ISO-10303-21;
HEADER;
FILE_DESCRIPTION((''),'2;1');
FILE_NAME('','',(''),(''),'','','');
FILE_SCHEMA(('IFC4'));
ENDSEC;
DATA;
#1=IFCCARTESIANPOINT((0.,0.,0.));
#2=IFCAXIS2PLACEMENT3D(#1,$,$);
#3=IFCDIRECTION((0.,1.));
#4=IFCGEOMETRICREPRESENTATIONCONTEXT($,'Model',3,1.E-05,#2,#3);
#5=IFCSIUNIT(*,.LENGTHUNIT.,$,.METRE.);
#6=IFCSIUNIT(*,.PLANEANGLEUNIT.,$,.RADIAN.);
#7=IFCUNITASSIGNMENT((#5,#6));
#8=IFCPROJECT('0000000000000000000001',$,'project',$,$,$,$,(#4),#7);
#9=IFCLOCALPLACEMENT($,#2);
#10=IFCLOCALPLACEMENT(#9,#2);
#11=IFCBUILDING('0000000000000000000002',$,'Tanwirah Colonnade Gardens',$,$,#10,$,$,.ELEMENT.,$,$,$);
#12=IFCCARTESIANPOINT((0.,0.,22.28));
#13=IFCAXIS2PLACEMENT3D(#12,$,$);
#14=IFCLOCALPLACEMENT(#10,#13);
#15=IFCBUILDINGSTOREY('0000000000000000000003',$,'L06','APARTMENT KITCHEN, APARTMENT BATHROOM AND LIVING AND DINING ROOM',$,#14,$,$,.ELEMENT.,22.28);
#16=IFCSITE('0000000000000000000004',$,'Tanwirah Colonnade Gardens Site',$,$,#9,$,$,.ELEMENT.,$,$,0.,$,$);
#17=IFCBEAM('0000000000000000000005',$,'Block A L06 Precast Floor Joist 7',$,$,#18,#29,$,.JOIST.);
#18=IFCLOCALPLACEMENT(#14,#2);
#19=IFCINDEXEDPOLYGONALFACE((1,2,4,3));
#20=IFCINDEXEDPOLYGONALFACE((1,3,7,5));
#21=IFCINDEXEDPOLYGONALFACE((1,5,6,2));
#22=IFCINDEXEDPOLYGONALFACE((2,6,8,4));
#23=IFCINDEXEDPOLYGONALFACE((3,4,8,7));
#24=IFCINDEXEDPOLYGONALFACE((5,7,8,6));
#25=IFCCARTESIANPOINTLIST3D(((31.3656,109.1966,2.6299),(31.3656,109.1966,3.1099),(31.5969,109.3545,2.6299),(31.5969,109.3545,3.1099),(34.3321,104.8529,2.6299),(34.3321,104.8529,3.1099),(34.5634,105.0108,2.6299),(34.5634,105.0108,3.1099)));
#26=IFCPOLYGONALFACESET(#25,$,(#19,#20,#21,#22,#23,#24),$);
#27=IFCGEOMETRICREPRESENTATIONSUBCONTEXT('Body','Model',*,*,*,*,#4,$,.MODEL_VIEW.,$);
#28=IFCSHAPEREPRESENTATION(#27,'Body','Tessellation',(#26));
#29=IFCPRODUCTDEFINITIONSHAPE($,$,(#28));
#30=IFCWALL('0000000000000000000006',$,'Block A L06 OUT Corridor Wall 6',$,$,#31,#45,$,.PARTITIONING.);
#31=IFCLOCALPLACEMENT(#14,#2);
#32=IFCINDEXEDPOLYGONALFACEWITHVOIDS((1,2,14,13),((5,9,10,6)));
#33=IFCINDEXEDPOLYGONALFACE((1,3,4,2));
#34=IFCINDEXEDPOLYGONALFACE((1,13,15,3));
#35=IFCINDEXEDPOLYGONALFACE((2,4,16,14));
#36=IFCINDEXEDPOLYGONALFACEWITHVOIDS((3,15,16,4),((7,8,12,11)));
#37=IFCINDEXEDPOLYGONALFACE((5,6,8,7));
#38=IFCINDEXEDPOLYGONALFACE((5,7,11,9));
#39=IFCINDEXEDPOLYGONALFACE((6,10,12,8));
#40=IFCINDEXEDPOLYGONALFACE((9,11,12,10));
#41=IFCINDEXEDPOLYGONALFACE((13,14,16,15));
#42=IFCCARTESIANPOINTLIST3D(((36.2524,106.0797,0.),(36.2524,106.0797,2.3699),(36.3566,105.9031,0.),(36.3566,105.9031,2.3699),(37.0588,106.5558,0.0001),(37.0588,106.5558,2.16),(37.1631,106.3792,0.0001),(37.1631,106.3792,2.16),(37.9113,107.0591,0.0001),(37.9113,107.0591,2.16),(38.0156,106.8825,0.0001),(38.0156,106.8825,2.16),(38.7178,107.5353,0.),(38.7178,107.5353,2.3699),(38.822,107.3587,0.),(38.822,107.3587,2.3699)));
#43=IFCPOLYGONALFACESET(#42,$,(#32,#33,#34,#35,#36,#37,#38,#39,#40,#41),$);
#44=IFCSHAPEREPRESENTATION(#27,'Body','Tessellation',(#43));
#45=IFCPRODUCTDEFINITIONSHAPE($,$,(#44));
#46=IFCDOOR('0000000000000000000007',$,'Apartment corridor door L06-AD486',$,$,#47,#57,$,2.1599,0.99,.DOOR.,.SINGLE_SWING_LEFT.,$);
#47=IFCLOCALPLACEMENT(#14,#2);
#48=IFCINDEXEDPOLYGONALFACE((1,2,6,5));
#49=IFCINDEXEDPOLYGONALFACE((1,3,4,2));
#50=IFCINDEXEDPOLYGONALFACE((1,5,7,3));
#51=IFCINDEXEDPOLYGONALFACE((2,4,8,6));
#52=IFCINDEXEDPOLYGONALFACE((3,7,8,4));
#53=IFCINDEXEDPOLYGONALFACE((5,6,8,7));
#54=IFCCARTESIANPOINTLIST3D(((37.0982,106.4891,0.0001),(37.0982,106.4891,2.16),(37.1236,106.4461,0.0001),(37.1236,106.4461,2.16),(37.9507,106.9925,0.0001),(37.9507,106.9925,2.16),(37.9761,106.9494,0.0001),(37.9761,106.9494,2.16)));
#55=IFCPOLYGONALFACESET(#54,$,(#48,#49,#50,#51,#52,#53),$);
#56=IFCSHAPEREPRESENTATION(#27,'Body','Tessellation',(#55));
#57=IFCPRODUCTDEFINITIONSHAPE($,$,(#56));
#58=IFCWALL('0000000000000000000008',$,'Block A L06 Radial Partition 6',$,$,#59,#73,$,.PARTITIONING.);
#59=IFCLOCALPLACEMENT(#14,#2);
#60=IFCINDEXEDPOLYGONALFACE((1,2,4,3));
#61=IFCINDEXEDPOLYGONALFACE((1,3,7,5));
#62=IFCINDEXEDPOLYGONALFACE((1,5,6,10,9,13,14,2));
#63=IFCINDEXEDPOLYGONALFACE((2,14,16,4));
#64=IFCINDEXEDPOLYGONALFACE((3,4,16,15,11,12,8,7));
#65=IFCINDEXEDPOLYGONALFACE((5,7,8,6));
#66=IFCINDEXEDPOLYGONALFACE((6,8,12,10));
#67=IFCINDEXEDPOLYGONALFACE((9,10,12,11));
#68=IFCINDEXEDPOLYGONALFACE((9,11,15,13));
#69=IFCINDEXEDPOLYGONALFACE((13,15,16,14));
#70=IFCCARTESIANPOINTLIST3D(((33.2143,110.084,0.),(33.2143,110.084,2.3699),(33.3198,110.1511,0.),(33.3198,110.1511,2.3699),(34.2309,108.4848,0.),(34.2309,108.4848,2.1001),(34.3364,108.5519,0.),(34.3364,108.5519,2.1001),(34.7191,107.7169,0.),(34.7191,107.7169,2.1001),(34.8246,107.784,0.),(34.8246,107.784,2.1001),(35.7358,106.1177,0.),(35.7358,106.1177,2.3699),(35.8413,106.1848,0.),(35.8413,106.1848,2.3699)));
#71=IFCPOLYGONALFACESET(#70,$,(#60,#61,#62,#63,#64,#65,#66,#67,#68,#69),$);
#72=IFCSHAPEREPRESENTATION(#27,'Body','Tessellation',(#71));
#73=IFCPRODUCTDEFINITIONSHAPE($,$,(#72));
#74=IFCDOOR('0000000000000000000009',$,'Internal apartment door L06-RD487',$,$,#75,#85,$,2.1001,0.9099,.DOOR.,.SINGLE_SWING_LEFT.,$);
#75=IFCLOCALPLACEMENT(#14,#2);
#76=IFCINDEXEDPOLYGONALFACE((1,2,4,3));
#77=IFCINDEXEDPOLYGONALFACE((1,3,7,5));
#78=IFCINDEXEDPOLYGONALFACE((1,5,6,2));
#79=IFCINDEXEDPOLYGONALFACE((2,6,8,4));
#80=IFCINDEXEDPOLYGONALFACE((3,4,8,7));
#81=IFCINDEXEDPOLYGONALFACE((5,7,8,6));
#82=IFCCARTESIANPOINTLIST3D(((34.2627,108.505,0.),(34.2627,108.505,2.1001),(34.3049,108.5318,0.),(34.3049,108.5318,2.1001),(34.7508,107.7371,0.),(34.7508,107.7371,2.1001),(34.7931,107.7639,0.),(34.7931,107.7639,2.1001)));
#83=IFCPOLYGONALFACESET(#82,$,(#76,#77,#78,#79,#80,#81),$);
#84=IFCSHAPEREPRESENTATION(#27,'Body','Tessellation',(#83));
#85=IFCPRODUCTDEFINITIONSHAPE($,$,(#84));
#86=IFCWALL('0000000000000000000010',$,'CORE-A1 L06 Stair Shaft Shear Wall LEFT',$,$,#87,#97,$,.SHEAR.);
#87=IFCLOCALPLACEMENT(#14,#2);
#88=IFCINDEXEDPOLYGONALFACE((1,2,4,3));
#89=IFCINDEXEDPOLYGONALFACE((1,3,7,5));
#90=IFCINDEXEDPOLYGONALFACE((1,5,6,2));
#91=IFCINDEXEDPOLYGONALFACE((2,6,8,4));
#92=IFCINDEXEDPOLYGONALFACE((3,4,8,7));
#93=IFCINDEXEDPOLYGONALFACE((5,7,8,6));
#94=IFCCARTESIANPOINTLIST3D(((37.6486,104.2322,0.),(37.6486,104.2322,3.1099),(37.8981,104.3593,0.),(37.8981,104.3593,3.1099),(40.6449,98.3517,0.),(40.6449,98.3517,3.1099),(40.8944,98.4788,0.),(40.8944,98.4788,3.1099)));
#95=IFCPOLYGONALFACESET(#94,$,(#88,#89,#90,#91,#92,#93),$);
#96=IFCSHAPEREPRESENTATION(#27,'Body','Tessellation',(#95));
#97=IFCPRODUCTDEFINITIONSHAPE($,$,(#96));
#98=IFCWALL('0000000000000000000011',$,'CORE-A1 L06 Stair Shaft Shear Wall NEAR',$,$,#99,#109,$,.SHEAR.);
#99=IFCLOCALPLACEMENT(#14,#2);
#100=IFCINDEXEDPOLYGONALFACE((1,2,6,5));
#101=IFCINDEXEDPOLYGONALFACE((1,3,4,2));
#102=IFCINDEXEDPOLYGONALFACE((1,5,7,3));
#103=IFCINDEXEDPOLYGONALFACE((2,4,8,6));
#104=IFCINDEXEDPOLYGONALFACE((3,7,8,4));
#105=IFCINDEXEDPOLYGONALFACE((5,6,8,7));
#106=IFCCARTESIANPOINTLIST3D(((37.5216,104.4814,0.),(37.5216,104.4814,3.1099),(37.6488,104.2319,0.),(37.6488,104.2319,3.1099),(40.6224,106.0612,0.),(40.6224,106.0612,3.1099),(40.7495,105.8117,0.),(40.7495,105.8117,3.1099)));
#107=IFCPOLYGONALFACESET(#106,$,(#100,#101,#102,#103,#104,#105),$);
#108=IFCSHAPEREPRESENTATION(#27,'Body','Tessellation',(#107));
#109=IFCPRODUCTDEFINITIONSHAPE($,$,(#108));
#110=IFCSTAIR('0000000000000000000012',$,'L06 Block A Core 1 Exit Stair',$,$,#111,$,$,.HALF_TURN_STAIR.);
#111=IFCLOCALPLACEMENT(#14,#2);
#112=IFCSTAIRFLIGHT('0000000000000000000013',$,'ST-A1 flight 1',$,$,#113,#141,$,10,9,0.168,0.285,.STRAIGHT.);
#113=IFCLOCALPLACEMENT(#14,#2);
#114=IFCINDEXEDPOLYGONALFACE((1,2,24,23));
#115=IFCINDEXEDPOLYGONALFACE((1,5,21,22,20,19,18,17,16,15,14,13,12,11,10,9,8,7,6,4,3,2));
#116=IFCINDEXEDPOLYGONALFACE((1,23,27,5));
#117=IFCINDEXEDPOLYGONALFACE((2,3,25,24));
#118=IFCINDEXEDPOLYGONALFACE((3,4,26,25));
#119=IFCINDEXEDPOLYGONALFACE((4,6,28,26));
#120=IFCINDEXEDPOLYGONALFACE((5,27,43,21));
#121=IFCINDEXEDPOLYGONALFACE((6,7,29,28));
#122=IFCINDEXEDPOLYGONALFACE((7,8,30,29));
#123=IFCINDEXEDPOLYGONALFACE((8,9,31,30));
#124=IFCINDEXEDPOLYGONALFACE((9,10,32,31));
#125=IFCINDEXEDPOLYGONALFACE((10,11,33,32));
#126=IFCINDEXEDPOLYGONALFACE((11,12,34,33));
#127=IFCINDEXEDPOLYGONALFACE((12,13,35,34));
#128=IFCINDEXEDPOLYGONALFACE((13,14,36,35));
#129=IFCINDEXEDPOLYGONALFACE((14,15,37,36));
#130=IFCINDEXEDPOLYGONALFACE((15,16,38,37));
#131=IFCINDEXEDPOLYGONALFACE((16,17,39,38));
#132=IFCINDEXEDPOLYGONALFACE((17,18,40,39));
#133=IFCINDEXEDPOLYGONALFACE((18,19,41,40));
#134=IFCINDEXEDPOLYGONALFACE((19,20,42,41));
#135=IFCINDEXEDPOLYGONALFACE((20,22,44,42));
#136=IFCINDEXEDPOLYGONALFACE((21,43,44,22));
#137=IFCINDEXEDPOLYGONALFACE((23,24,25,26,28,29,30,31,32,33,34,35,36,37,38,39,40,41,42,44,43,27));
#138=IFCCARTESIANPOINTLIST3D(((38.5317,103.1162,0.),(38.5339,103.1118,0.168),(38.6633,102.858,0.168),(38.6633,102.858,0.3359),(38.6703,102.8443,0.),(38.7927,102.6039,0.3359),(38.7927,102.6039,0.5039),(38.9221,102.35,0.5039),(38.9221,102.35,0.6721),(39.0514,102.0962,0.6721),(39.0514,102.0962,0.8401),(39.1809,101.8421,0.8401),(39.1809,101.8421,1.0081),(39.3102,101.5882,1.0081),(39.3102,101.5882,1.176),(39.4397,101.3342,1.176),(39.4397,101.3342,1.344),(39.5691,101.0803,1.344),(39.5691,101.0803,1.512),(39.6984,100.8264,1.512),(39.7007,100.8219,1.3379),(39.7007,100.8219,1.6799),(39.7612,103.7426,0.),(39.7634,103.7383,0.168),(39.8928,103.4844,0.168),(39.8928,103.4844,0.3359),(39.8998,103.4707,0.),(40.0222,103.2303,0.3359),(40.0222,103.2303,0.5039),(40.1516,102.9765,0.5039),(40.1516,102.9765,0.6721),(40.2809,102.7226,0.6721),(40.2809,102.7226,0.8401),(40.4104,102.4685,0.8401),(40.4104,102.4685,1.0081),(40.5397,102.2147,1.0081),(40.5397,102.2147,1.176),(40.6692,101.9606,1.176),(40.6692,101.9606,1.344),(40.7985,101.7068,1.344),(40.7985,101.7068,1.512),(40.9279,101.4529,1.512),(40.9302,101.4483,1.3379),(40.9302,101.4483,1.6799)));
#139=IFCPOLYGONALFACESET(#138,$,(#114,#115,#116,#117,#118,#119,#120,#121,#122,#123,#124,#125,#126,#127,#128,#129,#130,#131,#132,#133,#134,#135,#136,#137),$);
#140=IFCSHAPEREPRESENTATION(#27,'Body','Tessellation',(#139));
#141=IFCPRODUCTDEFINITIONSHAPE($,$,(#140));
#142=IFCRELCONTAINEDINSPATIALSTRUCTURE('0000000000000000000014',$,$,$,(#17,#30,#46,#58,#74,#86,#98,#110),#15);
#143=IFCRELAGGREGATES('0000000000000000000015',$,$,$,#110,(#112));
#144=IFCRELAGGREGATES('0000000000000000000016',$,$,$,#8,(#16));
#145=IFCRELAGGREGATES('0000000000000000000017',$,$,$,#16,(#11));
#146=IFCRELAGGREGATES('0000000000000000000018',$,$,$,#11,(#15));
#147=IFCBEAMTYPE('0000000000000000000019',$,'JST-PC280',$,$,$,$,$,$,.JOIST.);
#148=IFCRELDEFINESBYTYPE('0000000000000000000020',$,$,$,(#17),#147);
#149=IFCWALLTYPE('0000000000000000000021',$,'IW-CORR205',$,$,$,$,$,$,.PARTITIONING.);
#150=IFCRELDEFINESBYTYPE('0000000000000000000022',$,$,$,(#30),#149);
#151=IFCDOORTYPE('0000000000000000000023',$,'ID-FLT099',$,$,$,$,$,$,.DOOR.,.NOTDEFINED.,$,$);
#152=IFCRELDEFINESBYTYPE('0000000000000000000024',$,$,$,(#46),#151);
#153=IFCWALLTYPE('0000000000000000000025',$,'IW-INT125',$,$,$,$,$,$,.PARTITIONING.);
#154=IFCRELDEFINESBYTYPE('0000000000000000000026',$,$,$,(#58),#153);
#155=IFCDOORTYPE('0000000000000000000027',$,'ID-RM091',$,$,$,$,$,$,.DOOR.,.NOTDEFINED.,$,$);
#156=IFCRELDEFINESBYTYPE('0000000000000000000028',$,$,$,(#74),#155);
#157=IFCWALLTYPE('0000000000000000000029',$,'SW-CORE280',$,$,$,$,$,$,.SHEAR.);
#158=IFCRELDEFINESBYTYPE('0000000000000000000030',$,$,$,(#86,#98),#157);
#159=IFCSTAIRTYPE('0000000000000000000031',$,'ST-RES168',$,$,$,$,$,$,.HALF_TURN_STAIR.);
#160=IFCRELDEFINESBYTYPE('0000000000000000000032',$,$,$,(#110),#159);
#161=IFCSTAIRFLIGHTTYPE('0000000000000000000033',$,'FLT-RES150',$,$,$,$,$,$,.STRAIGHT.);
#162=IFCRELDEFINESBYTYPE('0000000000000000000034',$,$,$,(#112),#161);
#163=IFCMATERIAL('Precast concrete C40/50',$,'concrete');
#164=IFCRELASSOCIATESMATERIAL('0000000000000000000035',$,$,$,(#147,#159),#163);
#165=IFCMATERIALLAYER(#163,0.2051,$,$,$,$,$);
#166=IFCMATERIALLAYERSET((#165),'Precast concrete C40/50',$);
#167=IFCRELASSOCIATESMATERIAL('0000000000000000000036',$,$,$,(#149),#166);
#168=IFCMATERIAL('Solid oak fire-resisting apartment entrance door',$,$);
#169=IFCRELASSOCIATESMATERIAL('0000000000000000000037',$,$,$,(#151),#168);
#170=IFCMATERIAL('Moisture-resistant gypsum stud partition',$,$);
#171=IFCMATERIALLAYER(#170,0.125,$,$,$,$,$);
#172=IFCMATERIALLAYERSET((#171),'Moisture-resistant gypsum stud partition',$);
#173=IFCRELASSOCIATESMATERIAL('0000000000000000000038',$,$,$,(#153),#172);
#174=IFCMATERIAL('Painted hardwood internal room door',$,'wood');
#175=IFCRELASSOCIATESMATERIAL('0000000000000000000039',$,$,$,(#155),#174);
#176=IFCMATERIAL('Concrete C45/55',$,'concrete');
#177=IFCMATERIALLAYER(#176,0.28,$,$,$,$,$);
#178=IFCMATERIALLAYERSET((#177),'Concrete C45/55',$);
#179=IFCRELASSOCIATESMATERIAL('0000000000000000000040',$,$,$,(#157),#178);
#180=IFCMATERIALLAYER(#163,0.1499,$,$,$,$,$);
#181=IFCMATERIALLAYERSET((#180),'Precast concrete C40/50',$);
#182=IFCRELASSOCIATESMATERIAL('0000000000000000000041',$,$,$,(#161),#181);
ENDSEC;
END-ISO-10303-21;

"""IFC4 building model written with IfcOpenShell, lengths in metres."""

from ifc_helpers import new_model, si_unit, direction, frame, frame_2d, origin, origin_2d, place, context, subcontext, project, spatial, polyline, rectangle, outline, extrude, material, layer, layer_set, material_profile, profile_set, type_object, element, fill, aggregate, save


model = new_model("IFC4")

# Units and contexts
model_context = context("Model", 3, precision=1e-05, world=origin(), true_north=direction((0.0, 1.0)))
body_context = subcontext(model_context, "Body", "Model", "MODEL_VIEW")
ifc_project = project(units=[si_unit("LENGTHUNIT", "METRE"), si_unit("PLANEANGLEUNIT", "RADIAN")], contexts=[model_context])

# Site, building, storey
site_placement = place(None, origin())
site = spatial("IfcSite", under=ifc_project, at=site_placement, Name="Tanwirah Colonnade Gardens Site", CompositionType="ELEMENT", RefElevation=0.0)
building_placement = place(site_placement, origin())
building = spatial("IfcBuilding", under=site, at=building_placement, Name="Tanwirah Colonnade Gardens", CompositionType="ELEMENT")
storey_placement = place(building_placement, frame((0.0, 0.0, 22.28)))
storey = spatial("IfcBuildingStorey", under=building, at=storey_placement, Name="L06", Description="APARTMENT KITCHEN, APARTMENT BATHROOM AND LIVING AND DINING ROOM", CompositionType="ELEMENT", Elevation=22.28)

# Beam
ifc_material_1 = material(Name="Precast concrete C40/50", Category="concrete")
ifc_material_profile_1 = material_profile(ifc_material_1, rectangle(XDim=0.28, YDim=0.48, at=origin_2d()), Name="PC-JST 280x480")
ifc_profile_set_1 = profile_set([ifc_material_profile_1], Name="Precast concrete C40/50")
beam_type_1 = type_object("IfcBeamType", Name="JST-PC280", PredefinedType="JOIST", material=ifc_profile_set_1)
beam_1_placement = place(storey_placement, frame((34.4478, 104.9319, 2.8699), z_axis=(-0.563973, 0.825793, 0.0), x_axis=(-0.825793, -0.563973, 0.0)))
element("IfcBeam", 1, at=beam_1_placement, inside=storey, type_object=beam_type_1, Name="Block A L06 Precast Floor Joist 7", PredefinedType="JOIST", context=body_context, shape_type="SweptSolid", body=[
    extrude(rectangle(XDim=0.28, YDim=0.48, at=origin_2d()), origin(), (0.0, 0.0, 1.0), 5.26),
])

# Walls, openings, doors
ifc_layer_1 = layer(ifc_material_1, 0.2051)
ifc_layer_set_1 = layer_set([ifc_layer_1], Name="Precast concrete C40/50")
wall_type_1 = type_object("IfcWallType", Name="IW-CORR205", PredefinedType="PARTITIONING", material=ifc_layer_set_1)
wall_1_placement = place(storey_placement, frame((38.77, 107.447, 0.0), z_axis=(0.0, 0.0, 1.0), x_axis=(-0.861113, -0.508413, 0.0)))
wall_1 = element("IfcWall", 2, at=wall_1_placement, inside=storey, type_object=wall_type_1, Name="Block A L06 OUT Corridor Wall 6", PredefinedType="PARTITIONING", context=body_context, shape_type="SweptSolid", body=[
    extrude(rectangle(XDim=2.863, YDim=0.2051, at=frame_2d((1.4316, 0.0))), origin(), (0.0, 0.0, 1.0), 2.3699),
])
opening_1_placement = place(wall_1_placement, frame((0.9365, 0.0, 0.0)))
opening_1 = element("IfcOpeningElement", 3, at=opening_1_placement, cuts=wall_1, PredefinedType="OPENING", context=body_context, shape_type="SweptSolid", body=[
    extrude(rectangle(XDim=0.99, YDim=2.1599, at=frame_2d((0.4951, 1.0801))), frame((0.0, 0.1125, 0.0), z_axis=(0.0, -1.0, 0.0), x_axis=(1.0, 0.0, 0.0)), (0.0, 0.0, 1.0), 0.2251),
])
ifc_material_2 = material(Name="Solid oak fire-resisting apartment entrance door")
door_type_1 = type_object("IfcDoorType", Name="ID-FLT099", OperationType="NOTDEFINED", PredefinedType="DOOR", material=ifc_material_2)
door_1_placement = place(opening_1_placement, origin())
door_1 = element("IfcDoor", 4, at=door_1_placement, inside=storey, type_object=door_type_1, Name="Apartment corridor door L06-AD486", OperationType="SINGLE_SWING_LEFT", OverallHeight=2.1599, OverallWidth=0.99, PredefinedType="DOOR", context=body_context, shape_type="SweptSolid", body=[
    extrude(rectangle(XDim=0.99, YDim=2.1599, at=frame_2d((0.4951, 1.0801))), frame((0.0, 0.0249, 0.0), z_axis=(0.0, -1.0, 0.0), x_axis=(1.0, 0.0, 0.0)), (0.0, 0.0, 1.0), 0.05),
])
fill(opening_1, door_1)
ifc_material_3 = material(Name="Moisture-resistant gypsum stud partition")
ifc_layer_2 = layer(ifc_material_3, 0.125)
ifc_layer_set_2 = layer_set([ifc_layer_2], Name="Moisture-resistant gypsum stud partition")
wall_type_2 = type_object("IfcWallType", Name="IW-INT125", PredefinedType="PARTITIONING", material=ifc_layer_set_2)
wall_2_placement = place(storey_placement, frame((35.7886, 106.1511, 0.0), z_axis=(0.0, 0.0, 1.0), x_axis=(-0.536492, 0.843905, 0.0)))
wall_2 = element("IfcWall", 5, at=wall_2_placement, inside=storey, type_object=wall_type_2, Name="Block A L06 Radial Partition 6", PredefinedType="PARTITIONING", context=body_context, shape_type="SweptSolid", body=[
    extrude(rectangle(XDim=4.7, YDim=0.125, at=frame_2d((2.3501, 0.0))), origin(), (0.0, 0.0, 1.0), 2.3699),
])
opening_2_placement = place(wall_2_placement, frame((1.895, 0.0, 0.0)))
opening_2 = element("IfcOpeningElement", 6, at=opening_2_placement, cuts=wall_2, PredefinedType="OPENING", context=body_context, shape_type="SweptSolid", body=[
    extrude(rectangle(XDim=0.9099, YDim=2.1001, at=frame_2d((0.4551, 1.05))), frame((0.0, 0.0725, 0.0), z_axis=(0.0, -1.0, 0.0), x_axis=(1.0, 0.0, 0.0)), (0.0, 0.0, 1.0), 0.145),
])
ifc_material_4 = material(Name="Painted hardwood internal room door", Category="wood")
door_type_2 = type_object("IfcDoorType", Name="ID-RM091", OperationType="NOTDEFINED", PredefinedType="DOOR", material=ifc_material_4)
door_2_placement = place(opening_2_placement, origin())
door_2 = element("IfcDoor", 7, at=door_2_placement, inside=storey, type_object=door_type_2, Name="Internal apartment door L06-RD487", OperationType="SINGLE_SWING_LEFT", OverallHeight=2.1001, OverallWidth=0.9099, PredefinedType="DOOR", context=body_context, shape_type="SweptSolid", body=[
    extrude(rectangle(XDim=0.9099, YDim=2.1001, at=frame_2d((0.4551, 1.05))), frame((0.0, 0.0249, 0.0), z_axis=(0.0, -1.0, 0.0), x_axis=(1.0, 0.0, 0.0)), (0.0, 0.0, 1.0), 0.05),
])
fill(opening_2, door_2)

# Walls
ifc_material_5 = material(Name="Concrete C45/55", Category="concrete")
ifc_layer_3 = layer(ifc_material_5, 0.28)
ifc_layer_set_3 = layer_set([ifc_layer_3], Name="Concrete C45/55")
wall_type_3 = type_object("IfcWallType", Name="SW-CORE280", PredefinedType="SHEAR", material=ifc_layer_set_3)
wall_3_placement = place(storey_placement, frame((37.7734, 104.2957, 0.0), z_axis=(0.0, 0.0, 1.0), x_axis=(0.453992, -0.891006, 0.0)))
element("IfcWall", 8, at=wall_3_placement, inside=storey, type_object=wall_type_3, Name="CORE-A1 L06 Stair Shaft Shear Wall LEFT", PredefinedType="SHEAR", context=body_context, shape_type="SweptSolid", body=[
    extrude(rectangle(XDim=6.5999, YDim=0.28, at=frame_2d((3.2998, 0.0))), origin(), (0.0, 0.0, 1.0), 3.1099),
])
wall_4_placement = place(storey_placement, frame((37.5852, 104.3567, 0.0), z_axis=(0.0, 0.0, 1.0), x_axis=(0.89102, 0.453964, 0.0)))
element("IfcWall", 9, at=wall_4_placement, inside=storey, type_object=wall_type_3, Name="CORE-A1 L06 Stair Shaft Shear Wall NEAR", PredefinedType="SHEAR", context=body_context, shape_type="SweptSolid", body=[
    extrude(rectangle(XDim=3.48, YDim=0.28, at=frame_2d((1.74, 0.0))), origin(), (0.0, 0.0, 1.0), 3.1099),
])

# Stair, stair flight
stair_type = type_object("IfcStairType", Name="ST-RES168", PredefinedType="HALF_TURN_STAIR", material=ifc_material_1)
stair_placement = place(storey_placement, origin())
stair = element("IfcStair", 10, at=stair_placement, inside=storey, type_object=stair_type, Name="L06 Block A Core 1 Exit Stair", PredefinedType="HALF_TURN_STAIR")
ifc_layer_4 = layer(ifc_material_1, 0.1499)
ifc_layer_set_4 = layer_set([ifc_layer_4], Name="Precast concrete C40/50")
stair_flight_type = type_object("IfcStairFlightType", Name="FLT-RES150", PredefinedType="STRAIGHT", material=ifc_layer_set_4)
stair_flight_placement = place(storey_placement, frame((39.1487, 103.425, 0.0), z_axis=(0.0, 0.0, 1.0), x_axis=(0.45399, -0.891007, 0.0)))
stair_flight = element("IfcStairFlight", 11, at=stair_flight_placement, type_object=stair_flight_type, Name="ST-A1 flight 1", NumberOfRisers=10, NumberOfTreads=9, PredefinedType="STRAIGHT", RiserHeight=0.168, TreadLength=0.285, context=body_context, shape_type="SweptSolid", body=[
    extrude(outline(polyline([(-0.0049, 0.0), (0.0, 0.168), (0.2849, 0.168), (0.2849, 0.3359), (0.5701, 0.3359), (0.5701, 0.5039), (0.855, 0.5039), (0.855, 0.6721), (1.1399, 0.6721), (1.1399, 0.8401), (1.425, 0.8401), (1.425, 1.0081), (1.71, 1.0081), (1.71, 1.176), (1.9951, 1.176), (1.9951, 1.344), (2.28, 1.344), (2.28, 1.512), (2.5649, 1.512), (2.5701, 1.6799), (2.5701, 1.3379), (0.3003, 0.0), (-0.0049, 0.0)])), frame((0.0, 0.6899, 0.0), z_axis=(0.0, -1.0, 0.0), x_axis=(1.0, 0.0, 0.0)), (0.0, 0.0, 1.0), 1.3799),
])
aggregate(stair, [stair_flight])

save(model, "model.ifc")
